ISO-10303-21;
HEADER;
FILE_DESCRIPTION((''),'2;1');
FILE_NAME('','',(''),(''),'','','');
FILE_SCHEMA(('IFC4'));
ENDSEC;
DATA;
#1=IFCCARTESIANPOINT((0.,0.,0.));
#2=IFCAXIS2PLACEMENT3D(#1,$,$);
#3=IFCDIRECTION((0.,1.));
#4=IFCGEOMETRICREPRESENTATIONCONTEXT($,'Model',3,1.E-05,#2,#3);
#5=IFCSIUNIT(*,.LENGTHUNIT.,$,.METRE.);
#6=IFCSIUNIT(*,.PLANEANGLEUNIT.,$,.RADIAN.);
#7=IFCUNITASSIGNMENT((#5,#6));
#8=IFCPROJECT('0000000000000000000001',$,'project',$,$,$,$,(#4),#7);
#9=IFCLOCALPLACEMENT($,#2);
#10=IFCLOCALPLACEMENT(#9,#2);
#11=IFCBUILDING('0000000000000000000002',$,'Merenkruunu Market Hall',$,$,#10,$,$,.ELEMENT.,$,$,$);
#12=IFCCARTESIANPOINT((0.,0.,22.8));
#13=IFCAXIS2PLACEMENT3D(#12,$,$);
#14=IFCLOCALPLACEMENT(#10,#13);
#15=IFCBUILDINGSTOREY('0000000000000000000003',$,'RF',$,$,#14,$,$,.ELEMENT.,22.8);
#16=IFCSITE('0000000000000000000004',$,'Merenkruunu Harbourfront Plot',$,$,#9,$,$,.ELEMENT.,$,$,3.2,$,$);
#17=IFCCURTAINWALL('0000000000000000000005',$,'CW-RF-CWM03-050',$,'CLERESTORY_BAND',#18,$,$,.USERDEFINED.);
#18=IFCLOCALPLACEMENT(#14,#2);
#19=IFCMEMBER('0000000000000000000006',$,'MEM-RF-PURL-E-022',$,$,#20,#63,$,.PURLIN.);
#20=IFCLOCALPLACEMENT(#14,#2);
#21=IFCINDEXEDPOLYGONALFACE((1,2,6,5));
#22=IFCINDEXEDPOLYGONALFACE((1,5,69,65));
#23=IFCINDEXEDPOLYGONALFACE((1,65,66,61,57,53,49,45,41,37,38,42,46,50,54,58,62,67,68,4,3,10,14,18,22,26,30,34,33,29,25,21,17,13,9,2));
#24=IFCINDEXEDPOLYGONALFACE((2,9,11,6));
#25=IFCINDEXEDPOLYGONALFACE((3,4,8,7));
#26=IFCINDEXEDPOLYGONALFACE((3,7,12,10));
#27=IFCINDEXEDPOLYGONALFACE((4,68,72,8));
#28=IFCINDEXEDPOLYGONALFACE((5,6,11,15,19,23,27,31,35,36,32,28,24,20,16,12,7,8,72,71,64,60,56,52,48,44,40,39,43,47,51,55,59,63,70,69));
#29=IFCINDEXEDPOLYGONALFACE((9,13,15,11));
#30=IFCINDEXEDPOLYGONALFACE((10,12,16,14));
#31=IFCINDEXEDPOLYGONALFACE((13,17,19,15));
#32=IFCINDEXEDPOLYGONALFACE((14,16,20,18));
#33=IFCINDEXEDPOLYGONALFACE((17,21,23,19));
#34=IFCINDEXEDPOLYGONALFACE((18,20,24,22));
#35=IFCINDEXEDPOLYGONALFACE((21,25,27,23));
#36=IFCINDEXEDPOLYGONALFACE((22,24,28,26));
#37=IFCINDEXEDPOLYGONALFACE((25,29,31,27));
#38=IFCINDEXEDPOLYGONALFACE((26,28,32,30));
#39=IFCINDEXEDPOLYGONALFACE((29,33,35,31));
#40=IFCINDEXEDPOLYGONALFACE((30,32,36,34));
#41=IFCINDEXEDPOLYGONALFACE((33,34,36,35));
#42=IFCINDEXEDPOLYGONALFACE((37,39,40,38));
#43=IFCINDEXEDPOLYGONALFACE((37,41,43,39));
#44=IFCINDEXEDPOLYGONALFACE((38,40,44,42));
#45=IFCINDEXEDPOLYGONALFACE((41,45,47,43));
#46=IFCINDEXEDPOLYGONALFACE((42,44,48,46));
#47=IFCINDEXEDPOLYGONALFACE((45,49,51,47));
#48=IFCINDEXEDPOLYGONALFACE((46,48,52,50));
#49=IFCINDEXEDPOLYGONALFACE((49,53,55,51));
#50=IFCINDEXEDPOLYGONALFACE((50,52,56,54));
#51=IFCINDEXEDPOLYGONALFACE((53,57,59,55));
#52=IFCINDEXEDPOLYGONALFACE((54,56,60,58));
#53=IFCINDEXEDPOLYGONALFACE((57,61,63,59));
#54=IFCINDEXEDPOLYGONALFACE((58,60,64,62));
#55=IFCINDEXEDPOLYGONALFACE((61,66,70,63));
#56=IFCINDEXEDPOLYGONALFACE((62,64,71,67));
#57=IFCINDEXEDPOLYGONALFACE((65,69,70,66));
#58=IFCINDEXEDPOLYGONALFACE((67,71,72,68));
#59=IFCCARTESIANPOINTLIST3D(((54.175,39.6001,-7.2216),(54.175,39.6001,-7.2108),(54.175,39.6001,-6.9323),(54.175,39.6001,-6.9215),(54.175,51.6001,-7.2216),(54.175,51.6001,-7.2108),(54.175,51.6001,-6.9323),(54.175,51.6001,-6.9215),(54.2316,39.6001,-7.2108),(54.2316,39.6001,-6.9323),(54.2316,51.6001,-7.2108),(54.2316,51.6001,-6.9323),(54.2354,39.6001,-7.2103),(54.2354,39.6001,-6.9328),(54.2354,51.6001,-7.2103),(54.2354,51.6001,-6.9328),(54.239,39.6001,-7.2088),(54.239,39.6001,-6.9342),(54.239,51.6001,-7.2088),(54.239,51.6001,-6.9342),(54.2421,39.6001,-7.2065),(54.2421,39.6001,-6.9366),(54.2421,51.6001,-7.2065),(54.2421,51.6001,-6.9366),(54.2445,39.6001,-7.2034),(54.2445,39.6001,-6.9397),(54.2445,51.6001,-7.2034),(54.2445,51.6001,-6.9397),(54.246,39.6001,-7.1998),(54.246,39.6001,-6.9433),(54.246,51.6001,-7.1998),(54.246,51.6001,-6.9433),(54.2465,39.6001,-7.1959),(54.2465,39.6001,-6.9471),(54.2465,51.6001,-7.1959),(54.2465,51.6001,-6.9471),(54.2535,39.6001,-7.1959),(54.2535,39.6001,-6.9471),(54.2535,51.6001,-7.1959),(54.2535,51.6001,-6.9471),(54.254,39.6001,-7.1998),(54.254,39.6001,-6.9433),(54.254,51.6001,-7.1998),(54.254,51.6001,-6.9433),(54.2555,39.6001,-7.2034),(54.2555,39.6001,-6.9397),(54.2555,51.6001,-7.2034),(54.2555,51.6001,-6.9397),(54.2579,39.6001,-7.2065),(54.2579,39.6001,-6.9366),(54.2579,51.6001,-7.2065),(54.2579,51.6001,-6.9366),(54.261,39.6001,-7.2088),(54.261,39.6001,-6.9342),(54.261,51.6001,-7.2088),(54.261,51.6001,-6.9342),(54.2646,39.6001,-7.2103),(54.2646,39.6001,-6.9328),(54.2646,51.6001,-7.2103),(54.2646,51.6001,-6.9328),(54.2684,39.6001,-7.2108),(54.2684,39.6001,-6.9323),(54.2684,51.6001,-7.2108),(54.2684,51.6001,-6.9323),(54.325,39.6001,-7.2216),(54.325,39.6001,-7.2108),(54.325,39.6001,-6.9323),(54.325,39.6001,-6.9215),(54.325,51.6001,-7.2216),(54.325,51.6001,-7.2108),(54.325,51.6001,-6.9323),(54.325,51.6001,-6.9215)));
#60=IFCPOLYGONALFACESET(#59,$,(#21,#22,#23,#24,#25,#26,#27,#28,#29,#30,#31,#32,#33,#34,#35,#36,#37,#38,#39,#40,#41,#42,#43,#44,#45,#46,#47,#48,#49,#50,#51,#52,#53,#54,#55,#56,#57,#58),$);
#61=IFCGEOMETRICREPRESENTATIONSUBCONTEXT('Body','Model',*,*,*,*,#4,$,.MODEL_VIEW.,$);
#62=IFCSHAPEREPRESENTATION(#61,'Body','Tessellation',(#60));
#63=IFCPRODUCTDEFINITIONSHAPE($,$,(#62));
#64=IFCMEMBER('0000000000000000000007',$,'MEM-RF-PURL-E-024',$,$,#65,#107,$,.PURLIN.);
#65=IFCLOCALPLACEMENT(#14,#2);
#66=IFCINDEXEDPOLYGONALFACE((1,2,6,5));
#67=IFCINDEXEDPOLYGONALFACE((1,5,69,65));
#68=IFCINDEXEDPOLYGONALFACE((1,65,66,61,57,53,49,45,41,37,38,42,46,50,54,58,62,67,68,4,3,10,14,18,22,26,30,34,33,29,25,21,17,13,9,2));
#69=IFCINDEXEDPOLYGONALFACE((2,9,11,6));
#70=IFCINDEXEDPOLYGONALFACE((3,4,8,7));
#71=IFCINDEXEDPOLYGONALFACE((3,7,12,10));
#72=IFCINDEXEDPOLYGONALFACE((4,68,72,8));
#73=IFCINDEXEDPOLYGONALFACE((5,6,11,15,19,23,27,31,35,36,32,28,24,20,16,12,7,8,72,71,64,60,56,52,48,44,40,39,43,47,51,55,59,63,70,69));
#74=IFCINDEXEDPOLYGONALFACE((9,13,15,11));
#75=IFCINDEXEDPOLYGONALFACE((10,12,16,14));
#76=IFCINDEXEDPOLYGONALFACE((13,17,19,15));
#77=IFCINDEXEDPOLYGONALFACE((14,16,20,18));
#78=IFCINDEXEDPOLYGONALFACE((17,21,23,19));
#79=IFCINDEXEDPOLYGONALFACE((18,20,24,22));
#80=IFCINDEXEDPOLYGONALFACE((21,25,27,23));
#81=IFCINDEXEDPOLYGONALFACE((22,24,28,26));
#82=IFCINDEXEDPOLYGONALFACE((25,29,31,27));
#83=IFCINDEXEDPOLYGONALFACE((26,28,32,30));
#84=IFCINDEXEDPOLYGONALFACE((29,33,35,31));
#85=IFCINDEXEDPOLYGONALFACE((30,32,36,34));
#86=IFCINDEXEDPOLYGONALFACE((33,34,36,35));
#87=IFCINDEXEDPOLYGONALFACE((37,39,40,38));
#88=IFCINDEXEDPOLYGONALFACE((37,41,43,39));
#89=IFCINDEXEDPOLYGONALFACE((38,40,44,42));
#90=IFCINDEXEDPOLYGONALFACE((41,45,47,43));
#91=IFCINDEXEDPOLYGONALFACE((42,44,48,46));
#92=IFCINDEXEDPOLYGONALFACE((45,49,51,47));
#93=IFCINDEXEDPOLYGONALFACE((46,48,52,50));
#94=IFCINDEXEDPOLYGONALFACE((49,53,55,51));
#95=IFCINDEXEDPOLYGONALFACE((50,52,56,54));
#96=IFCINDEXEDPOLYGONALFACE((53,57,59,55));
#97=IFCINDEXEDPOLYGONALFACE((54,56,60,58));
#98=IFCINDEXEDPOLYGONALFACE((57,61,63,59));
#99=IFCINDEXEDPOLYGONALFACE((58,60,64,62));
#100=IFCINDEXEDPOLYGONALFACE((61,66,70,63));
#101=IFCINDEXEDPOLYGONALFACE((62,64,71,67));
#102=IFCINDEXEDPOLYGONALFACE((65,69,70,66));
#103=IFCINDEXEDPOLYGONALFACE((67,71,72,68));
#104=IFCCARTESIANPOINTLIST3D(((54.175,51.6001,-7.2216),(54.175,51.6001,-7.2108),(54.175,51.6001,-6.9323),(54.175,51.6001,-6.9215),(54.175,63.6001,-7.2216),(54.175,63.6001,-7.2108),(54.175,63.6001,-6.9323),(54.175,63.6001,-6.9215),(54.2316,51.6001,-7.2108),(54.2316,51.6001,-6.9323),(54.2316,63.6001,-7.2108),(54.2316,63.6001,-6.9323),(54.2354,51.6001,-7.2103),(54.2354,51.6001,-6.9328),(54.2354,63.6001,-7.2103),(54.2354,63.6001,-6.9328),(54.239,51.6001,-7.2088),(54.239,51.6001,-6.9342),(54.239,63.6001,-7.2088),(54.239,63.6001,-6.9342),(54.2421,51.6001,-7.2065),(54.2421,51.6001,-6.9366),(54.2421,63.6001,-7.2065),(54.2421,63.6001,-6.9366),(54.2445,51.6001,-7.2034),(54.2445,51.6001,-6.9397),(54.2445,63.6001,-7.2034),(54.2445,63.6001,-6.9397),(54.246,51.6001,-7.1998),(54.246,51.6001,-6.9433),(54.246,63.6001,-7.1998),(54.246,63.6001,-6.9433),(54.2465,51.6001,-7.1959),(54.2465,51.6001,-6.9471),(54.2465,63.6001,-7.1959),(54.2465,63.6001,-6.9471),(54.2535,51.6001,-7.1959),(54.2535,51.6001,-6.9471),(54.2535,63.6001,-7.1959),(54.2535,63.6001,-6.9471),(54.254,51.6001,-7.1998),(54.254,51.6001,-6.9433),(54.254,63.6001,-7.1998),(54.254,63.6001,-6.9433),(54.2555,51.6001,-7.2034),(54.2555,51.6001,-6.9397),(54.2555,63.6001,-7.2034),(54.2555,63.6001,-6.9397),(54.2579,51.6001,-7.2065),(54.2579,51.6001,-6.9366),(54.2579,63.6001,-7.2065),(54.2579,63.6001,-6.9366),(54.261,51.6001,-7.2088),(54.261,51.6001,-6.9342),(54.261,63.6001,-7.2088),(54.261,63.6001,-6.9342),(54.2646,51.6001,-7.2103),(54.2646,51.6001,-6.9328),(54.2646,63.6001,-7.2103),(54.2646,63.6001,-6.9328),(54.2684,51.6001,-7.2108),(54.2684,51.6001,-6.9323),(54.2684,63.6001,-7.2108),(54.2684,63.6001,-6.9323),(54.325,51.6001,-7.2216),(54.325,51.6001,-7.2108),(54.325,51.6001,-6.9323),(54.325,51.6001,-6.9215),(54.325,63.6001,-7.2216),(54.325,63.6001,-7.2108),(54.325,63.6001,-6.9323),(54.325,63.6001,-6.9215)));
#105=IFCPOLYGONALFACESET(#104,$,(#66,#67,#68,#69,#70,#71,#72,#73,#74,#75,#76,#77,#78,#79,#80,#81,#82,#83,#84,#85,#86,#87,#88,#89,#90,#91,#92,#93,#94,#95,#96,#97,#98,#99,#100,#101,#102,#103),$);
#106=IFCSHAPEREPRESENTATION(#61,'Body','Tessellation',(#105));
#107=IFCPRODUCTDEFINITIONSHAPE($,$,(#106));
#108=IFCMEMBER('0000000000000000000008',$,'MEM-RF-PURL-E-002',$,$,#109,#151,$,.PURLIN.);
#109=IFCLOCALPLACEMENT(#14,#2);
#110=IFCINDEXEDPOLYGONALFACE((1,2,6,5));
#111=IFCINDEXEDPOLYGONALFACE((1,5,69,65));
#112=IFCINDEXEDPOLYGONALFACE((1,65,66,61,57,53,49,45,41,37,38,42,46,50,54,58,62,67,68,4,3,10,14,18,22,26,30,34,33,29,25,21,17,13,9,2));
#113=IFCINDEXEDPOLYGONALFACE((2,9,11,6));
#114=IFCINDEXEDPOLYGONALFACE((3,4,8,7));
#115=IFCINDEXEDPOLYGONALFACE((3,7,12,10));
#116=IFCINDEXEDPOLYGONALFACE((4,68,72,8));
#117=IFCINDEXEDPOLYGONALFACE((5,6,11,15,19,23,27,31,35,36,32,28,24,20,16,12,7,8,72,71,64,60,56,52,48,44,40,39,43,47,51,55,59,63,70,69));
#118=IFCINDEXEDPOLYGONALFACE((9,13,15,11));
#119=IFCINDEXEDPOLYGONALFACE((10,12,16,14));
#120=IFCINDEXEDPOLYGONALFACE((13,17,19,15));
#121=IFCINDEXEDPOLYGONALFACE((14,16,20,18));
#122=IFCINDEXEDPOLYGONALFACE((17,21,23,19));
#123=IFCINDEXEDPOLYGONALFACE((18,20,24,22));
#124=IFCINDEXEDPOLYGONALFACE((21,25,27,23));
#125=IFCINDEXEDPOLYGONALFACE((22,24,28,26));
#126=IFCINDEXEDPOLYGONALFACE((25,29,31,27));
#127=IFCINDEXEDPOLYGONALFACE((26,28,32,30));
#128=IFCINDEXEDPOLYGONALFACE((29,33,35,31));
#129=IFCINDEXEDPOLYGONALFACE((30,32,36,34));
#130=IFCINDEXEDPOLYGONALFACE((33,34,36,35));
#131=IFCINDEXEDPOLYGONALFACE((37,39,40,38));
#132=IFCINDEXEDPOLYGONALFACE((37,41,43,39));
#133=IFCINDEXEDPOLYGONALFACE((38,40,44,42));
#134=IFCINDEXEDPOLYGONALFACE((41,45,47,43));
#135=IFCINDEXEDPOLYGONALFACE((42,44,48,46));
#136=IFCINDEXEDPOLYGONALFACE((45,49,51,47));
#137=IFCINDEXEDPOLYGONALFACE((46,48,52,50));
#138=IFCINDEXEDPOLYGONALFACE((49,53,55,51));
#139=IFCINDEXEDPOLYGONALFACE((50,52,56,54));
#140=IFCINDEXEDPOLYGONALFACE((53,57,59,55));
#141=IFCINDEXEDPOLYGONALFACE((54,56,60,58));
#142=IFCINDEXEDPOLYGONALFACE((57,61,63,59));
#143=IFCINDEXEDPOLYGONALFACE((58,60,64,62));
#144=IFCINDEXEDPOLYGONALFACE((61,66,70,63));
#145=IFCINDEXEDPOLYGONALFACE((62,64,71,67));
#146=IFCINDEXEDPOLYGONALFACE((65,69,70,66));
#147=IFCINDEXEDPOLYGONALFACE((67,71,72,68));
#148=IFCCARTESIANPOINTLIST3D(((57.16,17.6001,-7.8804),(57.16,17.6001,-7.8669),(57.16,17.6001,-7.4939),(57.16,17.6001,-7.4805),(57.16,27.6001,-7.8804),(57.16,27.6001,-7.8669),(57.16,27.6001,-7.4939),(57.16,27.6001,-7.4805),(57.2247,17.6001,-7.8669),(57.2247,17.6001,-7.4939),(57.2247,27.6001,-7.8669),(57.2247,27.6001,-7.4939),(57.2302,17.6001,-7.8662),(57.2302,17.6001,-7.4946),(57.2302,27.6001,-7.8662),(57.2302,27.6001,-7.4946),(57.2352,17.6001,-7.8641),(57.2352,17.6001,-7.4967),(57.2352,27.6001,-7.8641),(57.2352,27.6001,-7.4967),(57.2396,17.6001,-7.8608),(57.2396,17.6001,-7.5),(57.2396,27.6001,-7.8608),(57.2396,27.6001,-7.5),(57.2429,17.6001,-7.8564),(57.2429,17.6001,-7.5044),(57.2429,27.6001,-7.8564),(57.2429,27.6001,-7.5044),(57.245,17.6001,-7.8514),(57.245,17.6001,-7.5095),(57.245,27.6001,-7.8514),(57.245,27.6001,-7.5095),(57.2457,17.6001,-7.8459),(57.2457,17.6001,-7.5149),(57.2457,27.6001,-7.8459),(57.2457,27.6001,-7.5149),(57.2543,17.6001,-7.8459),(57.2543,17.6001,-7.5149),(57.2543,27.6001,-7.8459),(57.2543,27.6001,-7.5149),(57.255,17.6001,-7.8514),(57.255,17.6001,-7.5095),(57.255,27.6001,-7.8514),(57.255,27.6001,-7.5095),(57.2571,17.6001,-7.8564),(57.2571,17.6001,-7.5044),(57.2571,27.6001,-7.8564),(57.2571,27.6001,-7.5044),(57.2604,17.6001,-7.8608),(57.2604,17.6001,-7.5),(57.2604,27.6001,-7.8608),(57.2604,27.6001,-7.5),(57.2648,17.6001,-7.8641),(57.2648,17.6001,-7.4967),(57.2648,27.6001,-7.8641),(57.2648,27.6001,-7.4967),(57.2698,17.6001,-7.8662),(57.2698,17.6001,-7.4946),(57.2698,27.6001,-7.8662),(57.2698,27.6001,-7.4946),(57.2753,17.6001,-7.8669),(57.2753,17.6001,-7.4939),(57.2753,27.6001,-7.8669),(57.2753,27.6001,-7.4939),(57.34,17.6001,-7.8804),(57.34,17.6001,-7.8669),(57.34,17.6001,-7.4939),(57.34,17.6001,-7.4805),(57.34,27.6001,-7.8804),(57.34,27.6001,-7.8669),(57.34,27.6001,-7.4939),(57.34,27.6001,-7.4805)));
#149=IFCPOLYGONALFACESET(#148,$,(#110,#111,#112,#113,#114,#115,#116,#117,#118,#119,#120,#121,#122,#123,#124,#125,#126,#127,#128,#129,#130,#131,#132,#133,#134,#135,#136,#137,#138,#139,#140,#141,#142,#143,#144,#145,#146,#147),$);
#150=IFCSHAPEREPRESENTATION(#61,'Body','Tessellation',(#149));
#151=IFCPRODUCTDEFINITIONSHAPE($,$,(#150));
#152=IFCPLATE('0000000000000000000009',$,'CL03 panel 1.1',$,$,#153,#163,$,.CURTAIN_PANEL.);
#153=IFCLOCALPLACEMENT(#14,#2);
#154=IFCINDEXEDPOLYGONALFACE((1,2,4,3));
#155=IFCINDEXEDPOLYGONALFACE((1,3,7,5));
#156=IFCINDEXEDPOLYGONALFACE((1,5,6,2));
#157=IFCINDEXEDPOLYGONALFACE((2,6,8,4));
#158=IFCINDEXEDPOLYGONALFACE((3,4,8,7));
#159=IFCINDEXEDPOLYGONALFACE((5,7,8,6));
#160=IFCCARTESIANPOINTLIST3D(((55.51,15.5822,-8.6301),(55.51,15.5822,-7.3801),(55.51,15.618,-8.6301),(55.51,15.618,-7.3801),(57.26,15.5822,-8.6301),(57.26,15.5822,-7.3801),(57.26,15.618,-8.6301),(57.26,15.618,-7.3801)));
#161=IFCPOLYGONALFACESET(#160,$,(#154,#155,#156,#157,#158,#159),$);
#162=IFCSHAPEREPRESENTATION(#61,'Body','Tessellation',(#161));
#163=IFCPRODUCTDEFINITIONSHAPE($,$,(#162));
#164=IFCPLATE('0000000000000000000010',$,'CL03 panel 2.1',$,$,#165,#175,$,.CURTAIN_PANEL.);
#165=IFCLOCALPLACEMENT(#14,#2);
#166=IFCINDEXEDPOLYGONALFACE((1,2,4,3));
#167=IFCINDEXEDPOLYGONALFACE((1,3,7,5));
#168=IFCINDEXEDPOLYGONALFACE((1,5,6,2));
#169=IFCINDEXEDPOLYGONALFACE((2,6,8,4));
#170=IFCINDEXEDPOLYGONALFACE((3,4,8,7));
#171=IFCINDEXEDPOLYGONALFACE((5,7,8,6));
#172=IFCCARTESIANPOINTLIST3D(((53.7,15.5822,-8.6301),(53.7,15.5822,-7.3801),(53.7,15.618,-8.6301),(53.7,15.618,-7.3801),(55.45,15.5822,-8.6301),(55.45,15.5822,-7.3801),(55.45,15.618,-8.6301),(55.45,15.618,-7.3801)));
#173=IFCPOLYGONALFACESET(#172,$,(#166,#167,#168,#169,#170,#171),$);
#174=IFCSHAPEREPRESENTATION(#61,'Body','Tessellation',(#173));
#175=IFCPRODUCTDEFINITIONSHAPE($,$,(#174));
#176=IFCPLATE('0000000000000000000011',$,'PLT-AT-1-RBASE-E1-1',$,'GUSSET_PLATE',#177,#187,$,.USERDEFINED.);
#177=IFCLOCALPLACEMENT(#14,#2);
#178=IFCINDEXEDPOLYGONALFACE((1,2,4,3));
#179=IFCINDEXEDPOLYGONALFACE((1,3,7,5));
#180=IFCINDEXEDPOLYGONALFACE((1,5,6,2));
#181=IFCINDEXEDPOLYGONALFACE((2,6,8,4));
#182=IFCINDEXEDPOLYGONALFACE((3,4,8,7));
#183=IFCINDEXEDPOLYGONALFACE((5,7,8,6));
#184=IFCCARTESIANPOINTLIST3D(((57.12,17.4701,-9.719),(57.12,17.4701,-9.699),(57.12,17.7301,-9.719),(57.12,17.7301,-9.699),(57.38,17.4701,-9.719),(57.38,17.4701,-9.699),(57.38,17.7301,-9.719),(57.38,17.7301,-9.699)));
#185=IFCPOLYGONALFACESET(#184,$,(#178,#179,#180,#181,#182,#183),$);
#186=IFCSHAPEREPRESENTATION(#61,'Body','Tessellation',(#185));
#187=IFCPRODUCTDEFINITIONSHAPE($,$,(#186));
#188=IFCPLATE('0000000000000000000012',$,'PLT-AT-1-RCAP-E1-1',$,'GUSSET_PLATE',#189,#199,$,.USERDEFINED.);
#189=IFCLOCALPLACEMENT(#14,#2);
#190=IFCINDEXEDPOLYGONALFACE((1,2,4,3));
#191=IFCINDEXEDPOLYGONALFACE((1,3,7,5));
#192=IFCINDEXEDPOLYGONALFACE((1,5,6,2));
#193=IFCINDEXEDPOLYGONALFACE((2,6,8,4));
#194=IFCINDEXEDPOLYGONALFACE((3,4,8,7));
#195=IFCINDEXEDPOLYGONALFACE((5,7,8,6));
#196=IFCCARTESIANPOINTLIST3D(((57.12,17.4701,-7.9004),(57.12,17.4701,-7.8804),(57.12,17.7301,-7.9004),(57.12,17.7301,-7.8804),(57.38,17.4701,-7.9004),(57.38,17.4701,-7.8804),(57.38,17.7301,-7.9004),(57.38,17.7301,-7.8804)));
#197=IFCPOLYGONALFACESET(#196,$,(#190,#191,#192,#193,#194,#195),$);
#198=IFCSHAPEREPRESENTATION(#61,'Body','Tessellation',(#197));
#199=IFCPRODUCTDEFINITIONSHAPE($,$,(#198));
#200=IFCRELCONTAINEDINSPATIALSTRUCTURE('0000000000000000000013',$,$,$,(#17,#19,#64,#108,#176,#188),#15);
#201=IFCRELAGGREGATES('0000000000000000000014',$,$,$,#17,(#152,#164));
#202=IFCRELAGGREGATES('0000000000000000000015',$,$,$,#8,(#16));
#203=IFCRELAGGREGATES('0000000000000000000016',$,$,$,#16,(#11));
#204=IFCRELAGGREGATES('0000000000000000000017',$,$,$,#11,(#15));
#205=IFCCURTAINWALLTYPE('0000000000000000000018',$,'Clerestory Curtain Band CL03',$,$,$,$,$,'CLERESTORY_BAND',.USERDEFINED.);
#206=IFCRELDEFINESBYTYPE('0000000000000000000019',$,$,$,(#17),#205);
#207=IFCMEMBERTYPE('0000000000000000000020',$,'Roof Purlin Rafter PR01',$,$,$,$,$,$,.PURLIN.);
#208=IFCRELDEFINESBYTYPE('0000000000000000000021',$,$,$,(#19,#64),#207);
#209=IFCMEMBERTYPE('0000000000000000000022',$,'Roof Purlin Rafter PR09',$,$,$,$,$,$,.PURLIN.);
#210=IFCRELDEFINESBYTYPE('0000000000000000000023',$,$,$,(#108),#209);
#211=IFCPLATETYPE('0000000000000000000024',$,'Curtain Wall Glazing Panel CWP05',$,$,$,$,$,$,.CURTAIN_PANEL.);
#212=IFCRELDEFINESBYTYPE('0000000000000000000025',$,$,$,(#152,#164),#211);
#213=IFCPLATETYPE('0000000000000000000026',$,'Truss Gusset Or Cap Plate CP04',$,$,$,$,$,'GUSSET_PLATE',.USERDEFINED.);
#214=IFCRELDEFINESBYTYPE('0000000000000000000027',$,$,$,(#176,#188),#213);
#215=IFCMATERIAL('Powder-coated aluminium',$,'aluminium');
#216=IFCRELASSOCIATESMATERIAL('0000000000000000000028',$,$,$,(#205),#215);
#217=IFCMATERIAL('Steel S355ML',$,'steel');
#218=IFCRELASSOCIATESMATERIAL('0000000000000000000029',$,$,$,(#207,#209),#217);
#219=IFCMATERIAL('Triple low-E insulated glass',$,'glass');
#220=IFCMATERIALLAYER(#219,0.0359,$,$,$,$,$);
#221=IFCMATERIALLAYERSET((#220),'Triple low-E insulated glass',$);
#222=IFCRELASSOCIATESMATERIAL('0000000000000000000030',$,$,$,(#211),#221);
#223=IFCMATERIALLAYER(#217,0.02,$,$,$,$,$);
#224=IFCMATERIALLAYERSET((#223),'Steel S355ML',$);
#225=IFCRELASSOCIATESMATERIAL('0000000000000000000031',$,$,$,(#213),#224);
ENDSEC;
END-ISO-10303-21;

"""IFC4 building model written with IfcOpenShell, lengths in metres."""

from ifc_helpers import new_model, si_unit, direction, frame, origin, origin_2d, place, context, subcontext, project, spatial, rectangle, i_section, extrude, material, layer, layer_set, material_profile, profile_set, type_object, element, aggregate, save


model = new_model("IFC4")

# Units and contexts
model_context = context("Model", 3, precision=1e-05, world=origin(), true_north=direction((0.0, 1.0)))
body_context = subcontext(model_context, "Body", "Model", "MODEL_VIEW")
ifc_project = project(units=[si_unit("LENGTHUNIT", "METRE"), si_unit("PLANEANGLEUNIT", "RADIAN")], contexts=[model_context])

# Site, building, storey
site_placement = place(None, origin())
site = spatial("IfcSite", under=ifc_project, at=site_placement, Name="Merenkruunu Harbourfront Plot", CompositionType="ELEMENT", RefElevation=3.2)
building_placement = place(site_placement, origin())
building = spatial("IfcBuilding", under=site, at=building_placement, Name="Merenkruunu Market Hall", CompositionType="ELEMENT")
storey_placement = place(building_placement, frame((0.0, 0.0, 22.8)))
storey = spatial("IfcBuildingStorey", under=building, at=storey_placement, Name="RF", CompositionType="ELEMENT", Elevation=22.8)

# Curtain wall
ifc_material_1 = material(Name="Powder-coated aluminium", Category="aluminium")
curtain_wall_type = type_object("IfcCurtainWallType", Name="Clerestory Curtain Band CL03", ElementType="CLERESTORY_BAND", PredefinedType="USERDEFINED", material=ifc_material_1)
curtain_wall_placement = place(storey_placement, origin())
curtain_wall = element("IfcCurtainWall", 1, at=curtain_wall_placement, inside=storey, type_object=curtain_wall_type, Name="CW-RF-CWM03-050", ObjectType="CLERESTORY_BAND", PredefinedType="USERDEFINED")

# Members
ifc_material_2 = material(Name="Steel S355ML", Category="steel")
ifc_material_profile_1 = material_profile(ifc_material_2, i_section(OverallWidth=0.1499, OverallDepth=0.3, WebThickness=0.0071, FlangeThickness=0.0107, FilletRadius=0.0149, at=origin_2d()), Name="IPE 300")
ifc_profile_set_1 = profile_set([ifc_material_profile_1], Name="Steel S355ML")
member_type_1 = type_object("IfcMemberType", Name="Roof Purlin Rafter PR01", PredefinedType="PURLIN", material=ifc_profile_set_1)
for number, where, z_axis, x_axis, name in (
    (2, (54.25, 39.6001, -7.0715), (0.0, 1.0, 0.0), (-1.0, 0.0, 0.0), "MEM-RF-PURL-E-022"),
    (3, (54.25, 51.6001, -7.0715), (0.0, 1.0, 0.0), (-1.0, 0.0, 0.0), "MEM-RF-PURL-E-024"),
):
    element("IfcMember", number, at=place(storey_placement, frame(where, z_axis=z_axis, x_axis=x_axis)), inside=storey, type_object=member_type_1, Name=name, PredefinedType="PURLIN", context=body_context, shape_type="SweptSolid", body=[
        extrude(i_section(OverallWidth=0.1499, OverallDepth=0.3, WebThickness=0.0071, FlangeThickness=0.0107, FilletRadius=0.0149, at=origin_2d()), origin(), (0.0, 0.0, 1.0), 12.0),
    ])
ifc_material_profile_2 = material_profile(ifc_material_2, i_section(OverallWidth=0.1799, OverallDepth=0.3999, WebThickness=0.0085, FlangeThickness=0.0134, FilletRadius=0.021, at=origin_2d()), Name="IPE 400")
ifc_profile_set_2 = profile_set([ifc_material_profile_2], Name="Steel S355ML")
member_type_2 = type_object("IfcMemberType", Name="Roof Purlin Rafter PR09", PredefinedType="PURLIN", material=ifc_profile_set_2)
member_1_placement = place(storey_placement, frame((57.25, 17.6001, -7.6804), z_axis=(0.0, 1.0, 0.0), x_axis=(-1.0, 0.0, 0.0)))
element("IfcMember", 4, at=member_1_placement, inside=storey, type_object=member_type_2, Name="MEM-RF-PURL-E-002", PredefinedType="PURLIN", context=body_context, shape_type="SweptSolid", body=[
    extrude(i_section(OverallWidth=0.1799, OverallDepth=0.3999, WebThickness=0.0085, FlangeThickness=0.0134, FilletRadius=0.021, at=origin_2d()), origin(), (0.0, 0.0, 1.0), 10.0),
])

# Plates
ifc_material_3 = material(Name="Triple low-E insulated glass", Category="glass")
ifc_layer_1 = layer(ifc_material_3, 0.0359)
ifc_layer_set_1 = layer_set([ifc_layer_1], Name="Triple low-E insulated glass")
plate_type_1 = type_object("IfcPlateType", Name="Curtain Wall Glazing Panel CWP05", PredefinedType="CURTAIN_PANEL", material=ifc_layer_set_1)
plate_1_placement = place(storey_placement, frame((56.385, 15.6001, -8.6301), z_axis=(0.0, 0.0, 1.0), x_axis=(-1.0, 0.0, 0.0)))
plate_1 = element("IfcPlate", 5, at=plate_1_placement, type_object=plate_type_1, Name="CL03 panel 1.1", PredefinedType="CURTAIN_PANEL", context=body_context, shape_type="SweptSolid", body=[
    extrude(rectangle(XDim=1.75, YDim=0.0359, at=origin_2d()), origin(), (0.0, 0.0, 1.0), 1.25),
])
plate_2_placement = place(storey_placement, frame((54.575, 15.6001, -8.6301), z_axis=(0.0, 0.0, 1.0), x_axis=(-1.0, 0.0, 0.0)))
plate_2 = element("IfcPlate", 6, at=plate_2_placement, type_object=plate_type_1, Name="CL03 panel 2.1", PredefinedType="CURTAIN_PANEL", context=body_context, shape_type="SweptSolid", body=[
    extrude(rectangle(XDim=1.75, YDim=0.0359, at=origin_2d()), origin(), (0.0, 0.0, 1.0), 1.25),
])
aggregate(curtain_wall, [plate_1, plate_2])

# Plates
ifc_layer_2 = layer(ifc_material_2, 0.02)
ifc_layer_set_2 = layer_set([ifc_layer_2], Name="Steel S355ML")
plate_type_2 = type_object("IfcPlateType", Name="Truss Gusset Or Cap Plate CP04", ElementType="GUSSET_PLATE", PredefinedType="USERDEFINED", material=ifc_layer_set_2)
for number, where, z_axis, x_axis, name in (
    (7, (57.25, 17.6001, -9.719), (0.0, 0.0, 1.0), (1.0, 0.0, 0.0), "PLT-AT-1-RBASE-E1-1"),
    (8, (57.25, 17.6001, -7.9004), (0.0, 0.0, 1.0), (1.0, 0.0, 0.0), "PLT-AT-1-RCAP-E1-1"),
):
    element("IfcPlate", number, at=place(storey_placement, frame(where, z_axis=z_axis, x_axis=x_axis)), inside=storey, type_object=plate_type_2, Name=name, ObjectType="GUSSET_PLATE", PredefinedType="USERDEFINED", context=body_context, shape_type="SweptSolid", body=[
        extrude(rectangle(XDim=0.26, YDim=0.26, at=origin_2d()), origin(), (0.0, 0.0, 1.0), 0.02),
    ])

save(model, "model.ifc")
